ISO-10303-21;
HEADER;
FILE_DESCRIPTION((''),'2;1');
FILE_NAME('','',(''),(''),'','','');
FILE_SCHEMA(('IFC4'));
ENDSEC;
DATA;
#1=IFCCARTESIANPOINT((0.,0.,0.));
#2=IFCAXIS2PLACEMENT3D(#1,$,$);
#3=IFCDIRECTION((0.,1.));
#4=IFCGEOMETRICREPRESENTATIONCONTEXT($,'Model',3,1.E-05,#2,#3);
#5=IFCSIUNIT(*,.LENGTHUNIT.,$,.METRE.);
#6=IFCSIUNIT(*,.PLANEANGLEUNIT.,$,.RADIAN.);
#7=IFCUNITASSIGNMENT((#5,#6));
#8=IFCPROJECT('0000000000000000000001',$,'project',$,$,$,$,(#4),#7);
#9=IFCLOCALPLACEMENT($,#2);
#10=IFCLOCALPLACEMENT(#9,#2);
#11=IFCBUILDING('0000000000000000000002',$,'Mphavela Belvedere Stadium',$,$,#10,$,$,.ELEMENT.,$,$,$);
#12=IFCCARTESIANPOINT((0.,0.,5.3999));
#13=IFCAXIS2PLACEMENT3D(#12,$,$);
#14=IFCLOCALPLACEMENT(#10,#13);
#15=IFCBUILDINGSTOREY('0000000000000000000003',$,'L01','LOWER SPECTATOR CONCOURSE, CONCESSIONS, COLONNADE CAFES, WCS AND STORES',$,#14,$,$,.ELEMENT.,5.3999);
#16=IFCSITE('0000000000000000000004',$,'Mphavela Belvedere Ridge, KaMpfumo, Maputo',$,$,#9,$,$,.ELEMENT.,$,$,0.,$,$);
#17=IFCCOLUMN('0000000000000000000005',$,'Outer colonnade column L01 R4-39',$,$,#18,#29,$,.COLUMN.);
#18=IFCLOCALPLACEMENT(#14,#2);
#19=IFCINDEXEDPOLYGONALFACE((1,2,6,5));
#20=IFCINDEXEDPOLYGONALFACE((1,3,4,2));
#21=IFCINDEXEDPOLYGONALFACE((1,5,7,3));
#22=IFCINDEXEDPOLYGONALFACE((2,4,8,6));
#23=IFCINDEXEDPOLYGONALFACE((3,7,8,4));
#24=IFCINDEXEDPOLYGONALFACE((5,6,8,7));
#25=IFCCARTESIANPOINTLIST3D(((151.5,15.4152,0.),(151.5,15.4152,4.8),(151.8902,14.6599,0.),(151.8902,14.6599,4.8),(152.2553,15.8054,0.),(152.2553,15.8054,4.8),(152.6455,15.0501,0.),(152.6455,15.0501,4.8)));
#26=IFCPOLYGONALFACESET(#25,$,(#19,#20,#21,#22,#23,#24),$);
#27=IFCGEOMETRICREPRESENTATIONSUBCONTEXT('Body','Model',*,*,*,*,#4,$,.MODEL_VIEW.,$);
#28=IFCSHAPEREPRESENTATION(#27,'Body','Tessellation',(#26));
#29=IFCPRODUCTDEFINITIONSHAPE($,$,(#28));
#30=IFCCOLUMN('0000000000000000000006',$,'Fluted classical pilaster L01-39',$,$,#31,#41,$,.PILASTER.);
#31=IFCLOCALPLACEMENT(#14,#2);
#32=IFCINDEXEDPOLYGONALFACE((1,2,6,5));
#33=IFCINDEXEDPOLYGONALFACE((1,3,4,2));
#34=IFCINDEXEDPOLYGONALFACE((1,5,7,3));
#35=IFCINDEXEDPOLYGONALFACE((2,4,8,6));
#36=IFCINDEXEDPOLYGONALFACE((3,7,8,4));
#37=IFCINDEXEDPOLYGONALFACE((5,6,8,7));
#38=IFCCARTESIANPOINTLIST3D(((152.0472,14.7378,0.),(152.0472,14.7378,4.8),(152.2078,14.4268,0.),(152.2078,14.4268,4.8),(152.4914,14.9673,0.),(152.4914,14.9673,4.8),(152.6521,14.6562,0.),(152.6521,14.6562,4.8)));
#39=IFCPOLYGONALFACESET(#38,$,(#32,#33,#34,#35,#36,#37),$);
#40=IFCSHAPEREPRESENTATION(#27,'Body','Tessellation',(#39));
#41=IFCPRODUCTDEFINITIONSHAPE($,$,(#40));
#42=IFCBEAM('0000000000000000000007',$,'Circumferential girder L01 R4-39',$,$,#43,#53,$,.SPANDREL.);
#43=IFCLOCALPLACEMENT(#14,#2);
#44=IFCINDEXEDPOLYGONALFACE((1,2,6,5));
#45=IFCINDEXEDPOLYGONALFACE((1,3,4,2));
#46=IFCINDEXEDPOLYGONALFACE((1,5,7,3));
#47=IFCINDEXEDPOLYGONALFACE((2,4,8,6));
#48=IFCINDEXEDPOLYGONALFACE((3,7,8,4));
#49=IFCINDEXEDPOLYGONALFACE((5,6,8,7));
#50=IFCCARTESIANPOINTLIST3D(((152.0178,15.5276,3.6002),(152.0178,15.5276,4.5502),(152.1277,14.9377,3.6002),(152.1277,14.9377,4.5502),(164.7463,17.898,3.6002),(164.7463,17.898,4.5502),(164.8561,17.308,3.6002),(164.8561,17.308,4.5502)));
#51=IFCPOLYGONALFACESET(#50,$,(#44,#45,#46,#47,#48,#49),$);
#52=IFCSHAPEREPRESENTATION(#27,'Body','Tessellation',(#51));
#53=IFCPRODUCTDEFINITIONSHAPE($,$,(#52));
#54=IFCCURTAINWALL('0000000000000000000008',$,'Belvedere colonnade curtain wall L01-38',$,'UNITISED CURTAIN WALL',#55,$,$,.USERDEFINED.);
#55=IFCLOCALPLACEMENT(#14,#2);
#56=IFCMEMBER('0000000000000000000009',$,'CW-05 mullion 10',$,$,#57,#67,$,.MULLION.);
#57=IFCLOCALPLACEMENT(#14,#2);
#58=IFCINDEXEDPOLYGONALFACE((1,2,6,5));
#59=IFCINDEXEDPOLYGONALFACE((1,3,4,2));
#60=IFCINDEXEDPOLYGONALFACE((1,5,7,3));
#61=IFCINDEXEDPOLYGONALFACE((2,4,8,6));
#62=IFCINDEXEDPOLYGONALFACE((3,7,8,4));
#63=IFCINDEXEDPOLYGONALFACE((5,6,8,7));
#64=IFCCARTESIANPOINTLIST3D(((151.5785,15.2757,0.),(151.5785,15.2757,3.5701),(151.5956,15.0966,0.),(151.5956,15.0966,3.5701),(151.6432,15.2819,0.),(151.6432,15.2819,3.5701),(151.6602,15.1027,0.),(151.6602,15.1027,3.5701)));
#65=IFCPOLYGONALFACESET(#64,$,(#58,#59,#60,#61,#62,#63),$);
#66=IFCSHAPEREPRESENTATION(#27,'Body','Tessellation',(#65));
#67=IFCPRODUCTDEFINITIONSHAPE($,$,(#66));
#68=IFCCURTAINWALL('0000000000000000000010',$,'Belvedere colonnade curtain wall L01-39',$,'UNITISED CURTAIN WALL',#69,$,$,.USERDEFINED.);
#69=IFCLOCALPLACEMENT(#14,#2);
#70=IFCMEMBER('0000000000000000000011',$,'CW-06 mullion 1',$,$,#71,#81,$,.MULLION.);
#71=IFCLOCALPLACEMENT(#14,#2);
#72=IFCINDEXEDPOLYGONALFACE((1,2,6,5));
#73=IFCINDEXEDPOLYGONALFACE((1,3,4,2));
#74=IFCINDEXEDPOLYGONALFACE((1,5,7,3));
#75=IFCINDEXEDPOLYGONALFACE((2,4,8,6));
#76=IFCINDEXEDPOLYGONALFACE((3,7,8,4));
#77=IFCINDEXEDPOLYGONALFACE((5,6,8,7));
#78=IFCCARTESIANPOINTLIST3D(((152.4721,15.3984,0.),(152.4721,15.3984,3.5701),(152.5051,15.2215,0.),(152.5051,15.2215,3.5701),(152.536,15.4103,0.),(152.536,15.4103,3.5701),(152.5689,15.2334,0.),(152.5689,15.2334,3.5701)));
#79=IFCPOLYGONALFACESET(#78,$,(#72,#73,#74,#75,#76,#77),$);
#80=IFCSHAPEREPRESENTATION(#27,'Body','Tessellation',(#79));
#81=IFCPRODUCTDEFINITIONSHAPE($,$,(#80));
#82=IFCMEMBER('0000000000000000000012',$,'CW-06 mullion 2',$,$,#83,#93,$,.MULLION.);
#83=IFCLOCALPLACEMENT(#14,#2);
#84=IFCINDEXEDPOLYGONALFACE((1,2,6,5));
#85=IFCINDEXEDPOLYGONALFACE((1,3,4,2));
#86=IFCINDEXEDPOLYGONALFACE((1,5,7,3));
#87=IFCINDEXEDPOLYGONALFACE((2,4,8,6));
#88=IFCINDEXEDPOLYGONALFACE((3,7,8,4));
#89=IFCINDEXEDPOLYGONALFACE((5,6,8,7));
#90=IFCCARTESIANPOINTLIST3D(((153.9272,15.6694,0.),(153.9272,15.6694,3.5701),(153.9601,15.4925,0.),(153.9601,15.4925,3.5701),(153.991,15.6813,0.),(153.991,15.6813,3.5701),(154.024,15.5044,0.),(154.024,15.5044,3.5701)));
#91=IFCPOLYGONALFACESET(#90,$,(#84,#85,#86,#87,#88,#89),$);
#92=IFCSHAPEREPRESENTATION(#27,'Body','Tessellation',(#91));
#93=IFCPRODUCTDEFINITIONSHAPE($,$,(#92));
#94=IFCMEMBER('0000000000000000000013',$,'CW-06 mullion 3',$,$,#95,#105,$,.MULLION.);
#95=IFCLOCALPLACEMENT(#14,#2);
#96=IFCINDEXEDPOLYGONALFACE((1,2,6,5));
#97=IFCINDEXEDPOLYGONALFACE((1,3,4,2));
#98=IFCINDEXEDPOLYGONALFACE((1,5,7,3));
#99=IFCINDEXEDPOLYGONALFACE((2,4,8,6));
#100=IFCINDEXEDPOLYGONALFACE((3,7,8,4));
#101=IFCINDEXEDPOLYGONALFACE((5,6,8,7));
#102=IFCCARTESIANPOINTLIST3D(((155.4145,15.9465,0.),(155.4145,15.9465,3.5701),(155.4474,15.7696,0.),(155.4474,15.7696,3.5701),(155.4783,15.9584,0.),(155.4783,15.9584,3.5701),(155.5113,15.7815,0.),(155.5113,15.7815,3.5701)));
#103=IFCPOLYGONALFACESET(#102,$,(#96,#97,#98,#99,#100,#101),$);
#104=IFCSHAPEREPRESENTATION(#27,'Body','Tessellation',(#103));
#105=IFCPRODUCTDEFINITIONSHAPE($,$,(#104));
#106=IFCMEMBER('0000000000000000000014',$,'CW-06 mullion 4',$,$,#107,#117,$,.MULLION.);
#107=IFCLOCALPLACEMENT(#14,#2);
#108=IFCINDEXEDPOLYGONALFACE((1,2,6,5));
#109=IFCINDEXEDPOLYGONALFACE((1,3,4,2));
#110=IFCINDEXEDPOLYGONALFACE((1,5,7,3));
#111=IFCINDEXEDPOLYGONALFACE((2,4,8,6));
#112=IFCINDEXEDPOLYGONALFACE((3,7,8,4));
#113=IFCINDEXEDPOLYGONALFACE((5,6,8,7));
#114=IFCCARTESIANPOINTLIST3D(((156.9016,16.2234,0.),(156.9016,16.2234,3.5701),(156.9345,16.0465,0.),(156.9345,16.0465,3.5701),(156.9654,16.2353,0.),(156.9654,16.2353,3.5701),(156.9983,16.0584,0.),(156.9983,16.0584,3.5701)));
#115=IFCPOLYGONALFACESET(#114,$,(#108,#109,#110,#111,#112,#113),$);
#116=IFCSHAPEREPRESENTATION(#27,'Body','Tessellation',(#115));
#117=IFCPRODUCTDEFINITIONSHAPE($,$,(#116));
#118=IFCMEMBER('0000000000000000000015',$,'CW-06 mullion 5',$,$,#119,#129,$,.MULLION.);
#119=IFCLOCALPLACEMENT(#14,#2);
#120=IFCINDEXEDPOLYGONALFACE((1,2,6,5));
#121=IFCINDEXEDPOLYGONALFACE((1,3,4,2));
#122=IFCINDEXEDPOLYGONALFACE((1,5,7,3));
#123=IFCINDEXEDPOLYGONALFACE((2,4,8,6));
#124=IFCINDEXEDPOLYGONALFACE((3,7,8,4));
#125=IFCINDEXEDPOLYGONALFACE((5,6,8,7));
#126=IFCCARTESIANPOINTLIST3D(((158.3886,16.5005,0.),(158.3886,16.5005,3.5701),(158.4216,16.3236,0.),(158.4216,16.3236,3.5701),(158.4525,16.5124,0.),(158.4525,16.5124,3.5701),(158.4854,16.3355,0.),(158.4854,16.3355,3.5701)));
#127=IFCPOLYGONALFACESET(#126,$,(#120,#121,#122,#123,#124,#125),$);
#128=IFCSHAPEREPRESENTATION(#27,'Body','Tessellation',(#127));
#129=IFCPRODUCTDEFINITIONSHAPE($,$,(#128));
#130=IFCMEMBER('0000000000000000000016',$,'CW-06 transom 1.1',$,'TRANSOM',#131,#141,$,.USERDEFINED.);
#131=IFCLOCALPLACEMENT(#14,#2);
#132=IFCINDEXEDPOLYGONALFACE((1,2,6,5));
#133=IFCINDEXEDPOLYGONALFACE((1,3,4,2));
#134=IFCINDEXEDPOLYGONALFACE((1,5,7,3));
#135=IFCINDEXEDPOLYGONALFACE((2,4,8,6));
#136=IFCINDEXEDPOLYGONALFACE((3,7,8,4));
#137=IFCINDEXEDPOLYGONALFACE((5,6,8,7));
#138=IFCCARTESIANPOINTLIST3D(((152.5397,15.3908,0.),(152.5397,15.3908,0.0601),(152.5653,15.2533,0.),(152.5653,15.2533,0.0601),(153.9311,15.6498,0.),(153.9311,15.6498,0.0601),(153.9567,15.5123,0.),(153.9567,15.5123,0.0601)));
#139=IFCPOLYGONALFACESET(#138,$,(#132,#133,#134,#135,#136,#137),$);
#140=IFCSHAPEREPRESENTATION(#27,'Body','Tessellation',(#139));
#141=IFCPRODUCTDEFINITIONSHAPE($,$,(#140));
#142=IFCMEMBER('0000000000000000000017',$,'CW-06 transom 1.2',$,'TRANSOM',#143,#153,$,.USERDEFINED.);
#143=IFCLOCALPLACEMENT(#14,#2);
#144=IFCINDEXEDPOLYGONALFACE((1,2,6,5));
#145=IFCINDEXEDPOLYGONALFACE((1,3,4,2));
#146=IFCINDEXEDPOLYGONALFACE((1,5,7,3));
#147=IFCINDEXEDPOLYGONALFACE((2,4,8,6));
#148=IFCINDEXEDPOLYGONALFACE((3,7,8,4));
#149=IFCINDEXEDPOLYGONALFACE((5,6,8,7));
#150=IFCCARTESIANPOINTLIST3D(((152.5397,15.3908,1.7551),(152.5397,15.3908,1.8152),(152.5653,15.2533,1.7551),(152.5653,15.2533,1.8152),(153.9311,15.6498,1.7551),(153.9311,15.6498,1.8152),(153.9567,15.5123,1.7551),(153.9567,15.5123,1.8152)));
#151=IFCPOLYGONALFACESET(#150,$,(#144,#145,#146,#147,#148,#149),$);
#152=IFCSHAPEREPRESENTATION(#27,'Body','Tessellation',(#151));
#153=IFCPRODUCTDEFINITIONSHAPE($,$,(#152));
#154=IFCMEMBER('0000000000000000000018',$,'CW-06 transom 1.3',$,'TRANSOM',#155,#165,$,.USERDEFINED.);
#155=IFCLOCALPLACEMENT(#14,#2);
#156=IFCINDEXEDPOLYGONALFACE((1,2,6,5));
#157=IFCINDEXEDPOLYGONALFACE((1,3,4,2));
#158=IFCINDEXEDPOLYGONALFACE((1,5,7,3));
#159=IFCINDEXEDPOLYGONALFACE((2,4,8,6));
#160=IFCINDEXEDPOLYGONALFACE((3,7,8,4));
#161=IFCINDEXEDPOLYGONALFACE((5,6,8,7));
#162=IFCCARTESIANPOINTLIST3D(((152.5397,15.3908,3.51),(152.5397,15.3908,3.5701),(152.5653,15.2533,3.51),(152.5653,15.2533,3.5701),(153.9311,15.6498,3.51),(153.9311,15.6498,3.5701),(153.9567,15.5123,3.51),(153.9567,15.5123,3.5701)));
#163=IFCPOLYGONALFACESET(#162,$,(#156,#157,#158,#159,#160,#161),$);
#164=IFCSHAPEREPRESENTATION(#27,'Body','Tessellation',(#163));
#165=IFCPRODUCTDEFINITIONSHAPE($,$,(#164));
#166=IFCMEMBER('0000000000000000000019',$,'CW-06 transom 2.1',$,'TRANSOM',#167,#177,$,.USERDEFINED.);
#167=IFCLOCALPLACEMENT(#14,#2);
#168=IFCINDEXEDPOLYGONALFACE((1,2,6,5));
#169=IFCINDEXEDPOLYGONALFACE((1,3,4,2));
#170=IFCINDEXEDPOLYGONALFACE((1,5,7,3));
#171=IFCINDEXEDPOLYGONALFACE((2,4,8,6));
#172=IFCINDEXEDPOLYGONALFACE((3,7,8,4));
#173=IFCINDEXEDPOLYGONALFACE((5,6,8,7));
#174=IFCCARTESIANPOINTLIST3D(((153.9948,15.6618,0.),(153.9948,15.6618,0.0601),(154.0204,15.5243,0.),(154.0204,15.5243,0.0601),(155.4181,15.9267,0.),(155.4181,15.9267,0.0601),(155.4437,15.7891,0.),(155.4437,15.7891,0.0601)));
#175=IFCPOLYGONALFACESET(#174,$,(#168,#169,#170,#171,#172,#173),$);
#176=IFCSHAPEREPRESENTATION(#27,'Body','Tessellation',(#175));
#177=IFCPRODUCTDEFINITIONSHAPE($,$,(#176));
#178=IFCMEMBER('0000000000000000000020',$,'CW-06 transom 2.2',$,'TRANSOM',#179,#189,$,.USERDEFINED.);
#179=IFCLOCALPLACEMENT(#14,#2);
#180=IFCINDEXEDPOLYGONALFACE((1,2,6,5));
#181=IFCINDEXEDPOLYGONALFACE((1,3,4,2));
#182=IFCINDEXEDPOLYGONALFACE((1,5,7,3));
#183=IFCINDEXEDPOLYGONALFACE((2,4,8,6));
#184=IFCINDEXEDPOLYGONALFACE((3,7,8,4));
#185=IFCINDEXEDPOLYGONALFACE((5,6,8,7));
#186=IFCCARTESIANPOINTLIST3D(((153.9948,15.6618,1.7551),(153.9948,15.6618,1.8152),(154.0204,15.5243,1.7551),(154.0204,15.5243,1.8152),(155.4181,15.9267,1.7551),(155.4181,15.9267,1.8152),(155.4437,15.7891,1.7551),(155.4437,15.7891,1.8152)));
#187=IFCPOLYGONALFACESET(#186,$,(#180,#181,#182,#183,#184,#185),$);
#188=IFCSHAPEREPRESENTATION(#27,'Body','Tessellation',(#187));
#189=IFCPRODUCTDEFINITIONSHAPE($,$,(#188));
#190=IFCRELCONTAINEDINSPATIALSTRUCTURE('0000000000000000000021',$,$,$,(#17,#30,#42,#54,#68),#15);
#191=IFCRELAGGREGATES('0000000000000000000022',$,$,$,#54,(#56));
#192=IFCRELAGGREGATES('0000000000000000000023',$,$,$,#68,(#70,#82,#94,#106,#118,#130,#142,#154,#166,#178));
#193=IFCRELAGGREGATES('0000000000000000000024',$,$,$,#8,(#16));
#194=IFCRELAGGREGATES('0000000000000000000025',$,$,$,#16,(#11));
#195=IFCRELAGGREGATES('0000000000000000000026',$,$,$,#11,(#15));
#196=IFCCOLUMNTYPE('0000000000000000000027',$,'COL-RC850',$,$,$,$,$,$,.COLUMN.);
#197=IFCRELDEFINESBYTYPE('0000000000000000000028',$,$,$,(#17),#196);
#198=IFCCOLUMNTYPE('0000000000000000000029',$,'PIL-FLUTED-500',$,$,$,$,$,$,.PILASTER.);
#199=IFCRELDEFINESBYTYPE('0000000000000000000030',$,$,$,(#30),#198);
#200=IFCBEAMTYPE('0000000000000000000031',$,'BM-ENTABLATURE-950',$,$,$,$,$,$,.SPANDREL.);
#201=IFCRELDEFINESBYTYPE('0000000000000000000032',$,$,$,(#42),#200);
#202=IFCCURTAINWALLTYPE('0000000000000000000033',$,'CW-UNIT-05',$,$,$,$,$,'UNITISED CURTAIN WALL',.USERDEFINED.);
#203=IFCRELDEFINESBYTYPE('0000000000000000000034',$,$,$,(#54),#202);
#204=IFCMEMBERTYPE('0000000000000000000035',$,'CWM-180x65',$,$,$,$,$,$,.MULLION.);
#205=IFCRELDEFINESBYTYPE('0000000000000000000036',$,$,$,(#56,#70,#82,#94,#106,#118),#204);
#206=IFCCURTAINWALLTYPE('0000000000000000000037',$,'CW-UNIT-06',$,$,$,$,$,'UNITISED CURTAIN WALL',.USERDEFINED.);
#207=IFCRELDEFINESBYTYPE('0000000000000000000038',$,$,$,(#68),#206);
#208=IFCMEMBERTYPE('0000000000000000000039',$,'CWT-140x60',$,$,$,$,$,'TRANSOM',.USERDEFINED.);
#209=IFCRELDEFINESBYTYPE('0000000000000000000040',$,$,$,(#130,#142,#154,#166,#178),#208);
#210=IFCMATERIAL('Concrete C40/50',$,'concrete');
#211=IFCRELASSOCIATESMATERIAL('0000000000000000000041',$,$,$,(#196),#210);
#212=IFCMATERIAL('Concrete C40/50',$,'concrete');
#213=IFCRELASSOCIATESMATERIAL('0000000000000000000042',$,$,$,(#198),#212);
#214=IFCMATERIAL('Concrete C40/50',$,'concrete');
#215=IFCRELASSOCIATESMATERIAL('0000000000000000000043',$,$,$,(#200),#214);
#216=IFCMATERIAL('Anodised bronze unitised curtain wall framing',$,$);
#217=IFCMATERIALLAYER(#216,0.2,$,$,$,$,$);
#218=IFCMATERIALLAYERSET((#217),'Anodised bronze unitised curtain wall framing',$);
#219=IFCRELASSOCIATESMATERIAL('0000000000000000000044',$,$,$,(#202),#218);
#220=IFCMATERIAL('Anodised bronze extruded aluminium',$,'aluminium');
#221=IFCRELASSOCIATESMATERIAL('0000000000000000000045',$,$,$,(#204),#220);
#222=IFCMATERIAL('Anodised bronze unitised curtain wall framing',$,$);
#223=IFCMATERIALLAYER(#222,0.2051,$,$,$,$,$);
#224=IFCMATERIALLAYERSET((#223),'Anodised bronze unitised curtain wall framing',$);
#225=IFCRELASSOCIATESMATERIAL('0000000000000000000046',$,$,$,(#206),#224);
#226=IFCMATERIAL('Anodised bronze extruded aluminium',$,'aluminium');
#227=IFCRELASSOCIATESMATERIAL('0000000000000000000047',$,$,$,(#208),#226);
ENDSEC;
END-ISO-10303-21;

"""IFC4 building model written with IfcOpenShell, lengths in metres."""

from ifc_helpers import new_model, si_unit, direction, frame, origin, origin_2d, place, context, subcontext, project, spatial, rectangle, extrude, material, layer, layer_set, material_profile, profile_set, type_object, element, aggregate, save


model = new_model("IFC4")

# Units and contexts
model_context = context("Model", 3, precision=1e-05, world=origin(), true_north=direction((0.0, 1.0)))
body_context = subcontext(model_context, "Body", "Model", "MODEL_VIEW")
ifc_project = project(units=[si_unit("LENGTHUNIT", "METRE"), si_unit("PLANEANGLEUNIT", "RADIAN")], contexts=[model_context])

# Site, building, storey
site_placement = place(None, origin())
site = spatial("IfcSite", under=ifc_project, at=site_placement, Name="Mphavela Belvedere Ridge, KaMpfumo, Maputo", CompositionType="ELEMENT", RefElevation=0.0)
building_placement = place(site_placement, origin())
building = spatial("IfcBuilding", under=site, at=building_placement, Name="Mphavela Belvedere Stadium", CompositionType="ELEMENT")
storey_placement = place(building_placement, frame((0.0, 0.0, 5.3999)))
storey = spatial("IfcBuildingStorey", under=building, at=storey_placement, Name="L01", Description="LOWER SPECTATOR CONCOURSE, CONCESSIONS, COLONNADE CAFES, WCS AND STORES", CompositionType="ELEMENT", Elevation=5.3999)

# Columns
ifc_material_1 = material(Name="Concrete C40/50", Category="concrete")
ifc_material_profile_1 = material_profile(ifc_material_1, rectangle(XDim=0.8501, YDim=0.8501, at=origin_2d()), Name="RC 850x850")
ifc_profile_set_1 = profile_set([ifc_material_profile_1], Name="Concrete C40/50")
column_type_1 = type_object("IfcColumnType", Name="COL-RC850", PredefinedType="COLUMN", material=ifc_profile_set_1)
column_1_placement = place(storey_placement, frame((152.0728, 15.2327, 0.0), z_axis=(0.0, 0.0, 1.0), x_axis=(0.45896, -0.888457, 0.0)))
element("IfcColumn", 1, at=column_1_placement, inside=storey, type_object=column_type_1, Name="Outer colonnade column L01 R4-39", PredefinedType="COLUMN", context=body_context, shape_type="SweptSolid", body=[
    extrude(rectangle(XDim=0.8501, YDim=0.8501, at=origin_2d()), origin(), (0.0, 0.0, 1.0), 4.8),
])
ifc_material_2 = material(Name="Concrete C40/50", Category="concrete")
ifc_material_profile_2 = material_profile(ifc_material_2, rectangle(XDim=0.5, YDim=0.3501, at=origin_2d()), Name="PIL 500x350")
ifc_profile_set_2 = profile_set([ifc_material_profile_2], Name="Concrete C40/50")
column_type_2 = type_object("IfcColumnType", Name="PIL-FLUTED-500", PredefinedType="PILASTER", material=ifc_profile_set_2)
column_2_placement = place(storey_placement, frame((152.3496, 14.697, 0.0), z_axis=(0.0, 0.0, 1.0), x_axis=(0.888457, 0.45896, 0.0)))
element("IfcColumn", 2, at=column_2_placement, inside=storey, type_object=column_type_2, Name="Fluted classical pilaster L01-39", PredefinedType="PILASTER", context=body_context, shape_type="SweptSolid", body=[
    extrude(rectangle(XDim=0.5, YDim=0.3501, at=origin_2d()), origin(), (0.0, 0.0, 1.0), 4.8),
])

# Beam
ifc_material_3 = material(Name="Concrete C40/50", Category="concrete")
ifc_material_profile_3 = material_profile(ifc_material_3, rectangle(XDim=0.6001, YDim=0.95, at=origin_2d()), Name="RC 600x950")
ifc_profile_set_3 = profile_set([ifc_material_profile_3], Name="Concrete C40/50")
beam_type = type_object("IfcBeamType", Name="BM-ENTABLATURE-950", PredefinedType="SPANDREL", material=ifc_profile_set_3)
beam_placement = place(storey_placement, frame((152.0728, 15.2327, 4.0752), z_axis=(0.983099, 0.183077, 0.0), x_axis=(-0.183077, 0.983099, 0.0)))
element("IfcBeam", 3, at=beam_placement, inside=storey, type_object=beam_type, Name="Circumferential girder L01 R4-39", PredefinedType="SPANDREL", context=body_context, shape_type="SweptSolid", body=[
    extrude(rectangle(XDim=0.6001, YDim=0.95, at=origin_2d()), origin(), (0.0, 0.0, 1.0), 12.9473),
])

# Curtain wall, member
ifc_material_4 = material(Name="Anodised bronze unitised curtain wall framing")
ifc_layer_1 = layer(ifc_material_4, 0.2)
ifc_layer_set_1 = layer_set([ifc_layer_1], Name="Anodised bronze unitised curtain wall framing")
curtain_wall_type_1 = type_object("IfcCurtainWallType", Name="CW-UNIT-05", ElementType="UNITISED CURTAIN WALL", PredefinedType="USERDEFINED", material=ifc_layer_set_1)
curtain_wall_1_placement = place(storey_placement, origin())
curtain_wall_1 = element("IfcCurtainWall", 4, at=curtain_wall_1_placement, inside=storey, type_object=curtain_wall_type_1, Name="Belvedere colonnade curtain wall L01-38", ObjectType="UNITISED CURTAIN WALL", PredefinedType="USERDEFINED")
ifc_material_5 = material(Name="Anodised bronze extruded aluminium", Category="aluminium")
ifc_material_profile_4 = material_profile(ifc_material_5, rectangle(XDim=0.1799, YDim=0.0649, at=origin_2d()), Name="CW-MUL 180x65")
ifc_profile_set_4 = profile_set([ifc_material_profile_4], Name="Anodised bronze extruded aluminium")
member_type_1 = type_object("IfcMemberType", Name="CWM-180x65", PredefinedType="MULLION", material=ifc_profile_set_4)
member_1_placement = place(storey_placement, frame((151.6194, 15.1892, 0.0), z_axis=(0.0, 0.0, 1.0), x_axis=(-0.094922, 0.995485, 0.0)))
member_1 = element("IfcMember", 5, at=member_1_placement, type_object=member_type_1, Name="CW-05 mullion 10", PredefinedType="MULLION", context=body_context, shape_type="SweptSolid", body=[
    extrude(rectangle(XDim=0.1799, YDim=0.0649, at=origin_2d()), origin(), (0.0, 0.0, 1.0), 3.5701),
])

# Curtain wall, members
ifc_material_6 = material(Name="Anodised bronze unitised curtain wall framing")
ifc_layer_2 = layer(ifc_material_6, 0.2051)
ifc_layer_set_2 = layer_set([ifc_layer_2], Name="Anodised bronze unitised curtain wall framing")
curtain_wall_type_2 = type_object("IfcCurtainWallType", Name="CW-UNIT-06", ElementType="UNITISED CURTAIN WALL", PredefinedType="USERDEFINED", material=ifc_layer_set_2)
curtain_wall_2_placement = place(storey_placement, origin())
curtain_wall_2 = element("IfcCurtainWall", 6, at=curtain_wall_2_placement, inside=storey, type_object=curtain_wall_type_2, Name="Belvedere colonnade curtain wall L01-39", ObjectType="UNITISED CURTAIN WALL", PredefinedType="USERDEFINED")
member_2_placement = place(storey_placement, frame((152.5205, 15.3159, 0.0), z_axis=(0.0, 0.0, 1.0), x_axis=(-0.183095, 0.983095, 0.0)))
member_2 = element("IfcMember", 7, at=member_2_placement, type_object=member_type_1, Name="CW-06 mullion 1", PredefinedType="MULLION", context=body_context, shape_type="SweptSolid", body=[
    extrude(rectangle(XDim=0.1799, YDim=0.0649, at=origin_2d()), origin(), (0.0, 0.0, 1.0), 3.5701),
])
member_3_placement = place(storey_placement, frame((153.9756, 15.5869, 0.0), z_axis=(0.0, 0.0, 1.0), x_axis=(-0.183095, 0.983095, 0.0)))
member_3 = element("IfcMember", 8, at=member_3_placement, type_object=member_type_1, Name="CW-06 mullion 2", PredefinedType="MULLION", context=body_context, shape_type="SweptSolid", body=[
    extrude(rectangle(XDim=0.1799, YDim=0.0649, at=origin_2d()), origin(), (0.0, 0.0, 1.0), 3.5701),
])
member_4_placement = place(storey_placement, frame((155.4629, 15.864, 0.0), z_axis=(0.0, 0.0, 1.0), x_axis=(-0.183095, 0.983095, 0.0)))
member_4 = element("IfcMember", 9, at=member_4_placement, type_object=member_type_1, Name="CW-06 mullion 3", PredefinedType="MULLION", context=body_context, shape_type="SweptSolid", body=[
    extrude(rectangle(XDim=0.1799, YDim=0.0649, at=origin_2d()), origin(), (0.0, 0.0, 1.0), 3.5701),
])
member_5_placement = place(storey_placement, frame((156.95, 16.1409, 0.0), z_axis=(0.0, 0.0, 1.0), x_axis=(-0.183095, 0.983095, 0.0)))
member_5 = element("IfcMember", 10, at=member_5_placement, type_object=member_type_1, Name="CW-06 mullion 4", PredefinedType="MULLION", context=body_context, shape_type="SweptSolid", body=[
    extrude(rectangle(XDim=0.1799, YDim=0.0649, at=origin_2d()), origin(), (0.0, 0.0, 1.0), 3.5701),
])
member_6_placement = place(storey_placement, frame((158.437, 16.418, 0.0), z_axis=(0.0, 0.0, 1.0), x_axis=(-0.183095, 0.983095, 0.0)))
member_6 = element("IfcMember", 11, at=member_6_placement, type_object=member_type_1, Name="CW-06 mullion 5", PredefinedType="MULLION", context=body_context, shape_type="SweptSolid", body=[
    extrude(rectangle(XDim=0.1799, YDim=0.0649, at=origin_2d()), origin(), (0.0, 0.0, 1.0), 3.5701),
])
ifc_material_7 = material(Name="Anodised bronze extruded aluminium", Category="aluminium")
ifc_material_profile_5 = material_profile(ifc_material_7, rectangle(XDim=0.1399, YDim=0.0601, at=origin_2d()), Name="CW-TRN 140x60")
ifc_profile_set_5 = profile_set([ifc_material_profile_5], Name="Anodised bronze extruded aluminium")
member_type_2 = type_object("IfcMemberType", Name="CWT-140x60", ElementType="TRANSOM", PredefinedType="USERDEFINED", material=ifc_profile_set_5)
member_7_placement = place(storey_placement, frame((152.5525, 15.322, 0.03), z_axis=(0.983108, 0.183028, 0.0), x_axis=(-0.183028, 0.983108, 0.0)))
member_7 = element("IfcMember", 12, at=member_7_placement, type_object=member_type_2, Name="CW-06 transom 1.1", ObjectType="TRANSOM", PredefinedType="USERDEFINED", context=body_context, shape_type="SweptSolid", body=[
    extrude(rectangle(XDim=0.1399, YDim=0.0601, at=origin_2d()), origin(), (0.0, 0.0, 1.0), 1.4153),
])
member_8_placement = place(storey_placement, frame((152.5525, 15.322, 1.7852), z_axis=(0.983108, 0.183028, 0.0), x_axis=(-0.183028, 0.983108, 0.0)))
member_8 = element("IfcMember", 13, at=member_8_placement, type_object=member_type_2, Name="CW-06 transom 1.2", ObjectType="TRANSOM", PredefinedType="USERDEFINED", context=body_context, shape_type="SweptSolid", body=[
    extrude(rectangle(XDim=0.1399, YDim=0.0601, at=origin_2d()), origin(), (0.0, 0.0, 1.0), 1.4153),
])
member_9_placement = place(storey_placement, frame((152.5525, 15.322, 3.54), z_axis=(0.983108, 0.183028, 0.0), x_axis=(-0.183028, 0.983108, 0.0)))
member_9 = element("IfcMember", 14, at=member_9_placement, type_object=member_type_2, Name="CW-06 transom 1.3", ObjectType="TRANSOM", PredefinedType="USERDEFINED", context=body_context, shape_type="SweptSolid", body=[
    extrude(rectangle(XDim=0.1399, YDim=0.0601, at=origin_2d()), origin(), (0.0, 0.0, 1.0), 1.4153),
])
member_10_placement = place(storey_placement, frame((154.0076, 15.593, 0.03), z_axis=(0.983119, 0.182965, 0.0), x_axis=(-0.182965, 0.983119, 0.0)))
member_10 = element("IfcMember", 15, at=member_10_placement, type_object=member_type_2, Name="CW-06 transom 2.1", ObjectType="TRANSOM", PredefinedType="USERDEFINED", context=body_context, shape_type="SweptSolid", body=[
    extrude(rectangle(XDim=0.1399, YDim=0.0601, at=origin_2d()), origin(), (0.0, 0.0, 1.0), 1.4478),
])
member_11_placement = place(storey_placement, frame((154.0076, 15.593, 1.7852), z_axis=(0.983119, 0.182965, 0.0), x_axis=(-0.182965, 0.983119, 0.0)))
member_11 = element("IfcMember", 16, at=member_11_placement, type_object=member_type_2, Name="CW-06 transom 2.2", ObjectType="TRANSOM", PredefinedType="USERDEFINED", context=body_context, shape_type="SweptSolid", body=[
    extrude(rectangle(XDim=0.1399, YDim=0.0601, at=origin_2d()), origin(), (0.0, 0.0, 1.0), 1.4478),
])

aggregate(curtain_wall_1, [member_1])
aggregate(curtain_wall_2, [member_2, member_3, member_4, member_5, member_6, member_7, member_8, member_9, member_10, member_11])

save(model, "model.ifc")
